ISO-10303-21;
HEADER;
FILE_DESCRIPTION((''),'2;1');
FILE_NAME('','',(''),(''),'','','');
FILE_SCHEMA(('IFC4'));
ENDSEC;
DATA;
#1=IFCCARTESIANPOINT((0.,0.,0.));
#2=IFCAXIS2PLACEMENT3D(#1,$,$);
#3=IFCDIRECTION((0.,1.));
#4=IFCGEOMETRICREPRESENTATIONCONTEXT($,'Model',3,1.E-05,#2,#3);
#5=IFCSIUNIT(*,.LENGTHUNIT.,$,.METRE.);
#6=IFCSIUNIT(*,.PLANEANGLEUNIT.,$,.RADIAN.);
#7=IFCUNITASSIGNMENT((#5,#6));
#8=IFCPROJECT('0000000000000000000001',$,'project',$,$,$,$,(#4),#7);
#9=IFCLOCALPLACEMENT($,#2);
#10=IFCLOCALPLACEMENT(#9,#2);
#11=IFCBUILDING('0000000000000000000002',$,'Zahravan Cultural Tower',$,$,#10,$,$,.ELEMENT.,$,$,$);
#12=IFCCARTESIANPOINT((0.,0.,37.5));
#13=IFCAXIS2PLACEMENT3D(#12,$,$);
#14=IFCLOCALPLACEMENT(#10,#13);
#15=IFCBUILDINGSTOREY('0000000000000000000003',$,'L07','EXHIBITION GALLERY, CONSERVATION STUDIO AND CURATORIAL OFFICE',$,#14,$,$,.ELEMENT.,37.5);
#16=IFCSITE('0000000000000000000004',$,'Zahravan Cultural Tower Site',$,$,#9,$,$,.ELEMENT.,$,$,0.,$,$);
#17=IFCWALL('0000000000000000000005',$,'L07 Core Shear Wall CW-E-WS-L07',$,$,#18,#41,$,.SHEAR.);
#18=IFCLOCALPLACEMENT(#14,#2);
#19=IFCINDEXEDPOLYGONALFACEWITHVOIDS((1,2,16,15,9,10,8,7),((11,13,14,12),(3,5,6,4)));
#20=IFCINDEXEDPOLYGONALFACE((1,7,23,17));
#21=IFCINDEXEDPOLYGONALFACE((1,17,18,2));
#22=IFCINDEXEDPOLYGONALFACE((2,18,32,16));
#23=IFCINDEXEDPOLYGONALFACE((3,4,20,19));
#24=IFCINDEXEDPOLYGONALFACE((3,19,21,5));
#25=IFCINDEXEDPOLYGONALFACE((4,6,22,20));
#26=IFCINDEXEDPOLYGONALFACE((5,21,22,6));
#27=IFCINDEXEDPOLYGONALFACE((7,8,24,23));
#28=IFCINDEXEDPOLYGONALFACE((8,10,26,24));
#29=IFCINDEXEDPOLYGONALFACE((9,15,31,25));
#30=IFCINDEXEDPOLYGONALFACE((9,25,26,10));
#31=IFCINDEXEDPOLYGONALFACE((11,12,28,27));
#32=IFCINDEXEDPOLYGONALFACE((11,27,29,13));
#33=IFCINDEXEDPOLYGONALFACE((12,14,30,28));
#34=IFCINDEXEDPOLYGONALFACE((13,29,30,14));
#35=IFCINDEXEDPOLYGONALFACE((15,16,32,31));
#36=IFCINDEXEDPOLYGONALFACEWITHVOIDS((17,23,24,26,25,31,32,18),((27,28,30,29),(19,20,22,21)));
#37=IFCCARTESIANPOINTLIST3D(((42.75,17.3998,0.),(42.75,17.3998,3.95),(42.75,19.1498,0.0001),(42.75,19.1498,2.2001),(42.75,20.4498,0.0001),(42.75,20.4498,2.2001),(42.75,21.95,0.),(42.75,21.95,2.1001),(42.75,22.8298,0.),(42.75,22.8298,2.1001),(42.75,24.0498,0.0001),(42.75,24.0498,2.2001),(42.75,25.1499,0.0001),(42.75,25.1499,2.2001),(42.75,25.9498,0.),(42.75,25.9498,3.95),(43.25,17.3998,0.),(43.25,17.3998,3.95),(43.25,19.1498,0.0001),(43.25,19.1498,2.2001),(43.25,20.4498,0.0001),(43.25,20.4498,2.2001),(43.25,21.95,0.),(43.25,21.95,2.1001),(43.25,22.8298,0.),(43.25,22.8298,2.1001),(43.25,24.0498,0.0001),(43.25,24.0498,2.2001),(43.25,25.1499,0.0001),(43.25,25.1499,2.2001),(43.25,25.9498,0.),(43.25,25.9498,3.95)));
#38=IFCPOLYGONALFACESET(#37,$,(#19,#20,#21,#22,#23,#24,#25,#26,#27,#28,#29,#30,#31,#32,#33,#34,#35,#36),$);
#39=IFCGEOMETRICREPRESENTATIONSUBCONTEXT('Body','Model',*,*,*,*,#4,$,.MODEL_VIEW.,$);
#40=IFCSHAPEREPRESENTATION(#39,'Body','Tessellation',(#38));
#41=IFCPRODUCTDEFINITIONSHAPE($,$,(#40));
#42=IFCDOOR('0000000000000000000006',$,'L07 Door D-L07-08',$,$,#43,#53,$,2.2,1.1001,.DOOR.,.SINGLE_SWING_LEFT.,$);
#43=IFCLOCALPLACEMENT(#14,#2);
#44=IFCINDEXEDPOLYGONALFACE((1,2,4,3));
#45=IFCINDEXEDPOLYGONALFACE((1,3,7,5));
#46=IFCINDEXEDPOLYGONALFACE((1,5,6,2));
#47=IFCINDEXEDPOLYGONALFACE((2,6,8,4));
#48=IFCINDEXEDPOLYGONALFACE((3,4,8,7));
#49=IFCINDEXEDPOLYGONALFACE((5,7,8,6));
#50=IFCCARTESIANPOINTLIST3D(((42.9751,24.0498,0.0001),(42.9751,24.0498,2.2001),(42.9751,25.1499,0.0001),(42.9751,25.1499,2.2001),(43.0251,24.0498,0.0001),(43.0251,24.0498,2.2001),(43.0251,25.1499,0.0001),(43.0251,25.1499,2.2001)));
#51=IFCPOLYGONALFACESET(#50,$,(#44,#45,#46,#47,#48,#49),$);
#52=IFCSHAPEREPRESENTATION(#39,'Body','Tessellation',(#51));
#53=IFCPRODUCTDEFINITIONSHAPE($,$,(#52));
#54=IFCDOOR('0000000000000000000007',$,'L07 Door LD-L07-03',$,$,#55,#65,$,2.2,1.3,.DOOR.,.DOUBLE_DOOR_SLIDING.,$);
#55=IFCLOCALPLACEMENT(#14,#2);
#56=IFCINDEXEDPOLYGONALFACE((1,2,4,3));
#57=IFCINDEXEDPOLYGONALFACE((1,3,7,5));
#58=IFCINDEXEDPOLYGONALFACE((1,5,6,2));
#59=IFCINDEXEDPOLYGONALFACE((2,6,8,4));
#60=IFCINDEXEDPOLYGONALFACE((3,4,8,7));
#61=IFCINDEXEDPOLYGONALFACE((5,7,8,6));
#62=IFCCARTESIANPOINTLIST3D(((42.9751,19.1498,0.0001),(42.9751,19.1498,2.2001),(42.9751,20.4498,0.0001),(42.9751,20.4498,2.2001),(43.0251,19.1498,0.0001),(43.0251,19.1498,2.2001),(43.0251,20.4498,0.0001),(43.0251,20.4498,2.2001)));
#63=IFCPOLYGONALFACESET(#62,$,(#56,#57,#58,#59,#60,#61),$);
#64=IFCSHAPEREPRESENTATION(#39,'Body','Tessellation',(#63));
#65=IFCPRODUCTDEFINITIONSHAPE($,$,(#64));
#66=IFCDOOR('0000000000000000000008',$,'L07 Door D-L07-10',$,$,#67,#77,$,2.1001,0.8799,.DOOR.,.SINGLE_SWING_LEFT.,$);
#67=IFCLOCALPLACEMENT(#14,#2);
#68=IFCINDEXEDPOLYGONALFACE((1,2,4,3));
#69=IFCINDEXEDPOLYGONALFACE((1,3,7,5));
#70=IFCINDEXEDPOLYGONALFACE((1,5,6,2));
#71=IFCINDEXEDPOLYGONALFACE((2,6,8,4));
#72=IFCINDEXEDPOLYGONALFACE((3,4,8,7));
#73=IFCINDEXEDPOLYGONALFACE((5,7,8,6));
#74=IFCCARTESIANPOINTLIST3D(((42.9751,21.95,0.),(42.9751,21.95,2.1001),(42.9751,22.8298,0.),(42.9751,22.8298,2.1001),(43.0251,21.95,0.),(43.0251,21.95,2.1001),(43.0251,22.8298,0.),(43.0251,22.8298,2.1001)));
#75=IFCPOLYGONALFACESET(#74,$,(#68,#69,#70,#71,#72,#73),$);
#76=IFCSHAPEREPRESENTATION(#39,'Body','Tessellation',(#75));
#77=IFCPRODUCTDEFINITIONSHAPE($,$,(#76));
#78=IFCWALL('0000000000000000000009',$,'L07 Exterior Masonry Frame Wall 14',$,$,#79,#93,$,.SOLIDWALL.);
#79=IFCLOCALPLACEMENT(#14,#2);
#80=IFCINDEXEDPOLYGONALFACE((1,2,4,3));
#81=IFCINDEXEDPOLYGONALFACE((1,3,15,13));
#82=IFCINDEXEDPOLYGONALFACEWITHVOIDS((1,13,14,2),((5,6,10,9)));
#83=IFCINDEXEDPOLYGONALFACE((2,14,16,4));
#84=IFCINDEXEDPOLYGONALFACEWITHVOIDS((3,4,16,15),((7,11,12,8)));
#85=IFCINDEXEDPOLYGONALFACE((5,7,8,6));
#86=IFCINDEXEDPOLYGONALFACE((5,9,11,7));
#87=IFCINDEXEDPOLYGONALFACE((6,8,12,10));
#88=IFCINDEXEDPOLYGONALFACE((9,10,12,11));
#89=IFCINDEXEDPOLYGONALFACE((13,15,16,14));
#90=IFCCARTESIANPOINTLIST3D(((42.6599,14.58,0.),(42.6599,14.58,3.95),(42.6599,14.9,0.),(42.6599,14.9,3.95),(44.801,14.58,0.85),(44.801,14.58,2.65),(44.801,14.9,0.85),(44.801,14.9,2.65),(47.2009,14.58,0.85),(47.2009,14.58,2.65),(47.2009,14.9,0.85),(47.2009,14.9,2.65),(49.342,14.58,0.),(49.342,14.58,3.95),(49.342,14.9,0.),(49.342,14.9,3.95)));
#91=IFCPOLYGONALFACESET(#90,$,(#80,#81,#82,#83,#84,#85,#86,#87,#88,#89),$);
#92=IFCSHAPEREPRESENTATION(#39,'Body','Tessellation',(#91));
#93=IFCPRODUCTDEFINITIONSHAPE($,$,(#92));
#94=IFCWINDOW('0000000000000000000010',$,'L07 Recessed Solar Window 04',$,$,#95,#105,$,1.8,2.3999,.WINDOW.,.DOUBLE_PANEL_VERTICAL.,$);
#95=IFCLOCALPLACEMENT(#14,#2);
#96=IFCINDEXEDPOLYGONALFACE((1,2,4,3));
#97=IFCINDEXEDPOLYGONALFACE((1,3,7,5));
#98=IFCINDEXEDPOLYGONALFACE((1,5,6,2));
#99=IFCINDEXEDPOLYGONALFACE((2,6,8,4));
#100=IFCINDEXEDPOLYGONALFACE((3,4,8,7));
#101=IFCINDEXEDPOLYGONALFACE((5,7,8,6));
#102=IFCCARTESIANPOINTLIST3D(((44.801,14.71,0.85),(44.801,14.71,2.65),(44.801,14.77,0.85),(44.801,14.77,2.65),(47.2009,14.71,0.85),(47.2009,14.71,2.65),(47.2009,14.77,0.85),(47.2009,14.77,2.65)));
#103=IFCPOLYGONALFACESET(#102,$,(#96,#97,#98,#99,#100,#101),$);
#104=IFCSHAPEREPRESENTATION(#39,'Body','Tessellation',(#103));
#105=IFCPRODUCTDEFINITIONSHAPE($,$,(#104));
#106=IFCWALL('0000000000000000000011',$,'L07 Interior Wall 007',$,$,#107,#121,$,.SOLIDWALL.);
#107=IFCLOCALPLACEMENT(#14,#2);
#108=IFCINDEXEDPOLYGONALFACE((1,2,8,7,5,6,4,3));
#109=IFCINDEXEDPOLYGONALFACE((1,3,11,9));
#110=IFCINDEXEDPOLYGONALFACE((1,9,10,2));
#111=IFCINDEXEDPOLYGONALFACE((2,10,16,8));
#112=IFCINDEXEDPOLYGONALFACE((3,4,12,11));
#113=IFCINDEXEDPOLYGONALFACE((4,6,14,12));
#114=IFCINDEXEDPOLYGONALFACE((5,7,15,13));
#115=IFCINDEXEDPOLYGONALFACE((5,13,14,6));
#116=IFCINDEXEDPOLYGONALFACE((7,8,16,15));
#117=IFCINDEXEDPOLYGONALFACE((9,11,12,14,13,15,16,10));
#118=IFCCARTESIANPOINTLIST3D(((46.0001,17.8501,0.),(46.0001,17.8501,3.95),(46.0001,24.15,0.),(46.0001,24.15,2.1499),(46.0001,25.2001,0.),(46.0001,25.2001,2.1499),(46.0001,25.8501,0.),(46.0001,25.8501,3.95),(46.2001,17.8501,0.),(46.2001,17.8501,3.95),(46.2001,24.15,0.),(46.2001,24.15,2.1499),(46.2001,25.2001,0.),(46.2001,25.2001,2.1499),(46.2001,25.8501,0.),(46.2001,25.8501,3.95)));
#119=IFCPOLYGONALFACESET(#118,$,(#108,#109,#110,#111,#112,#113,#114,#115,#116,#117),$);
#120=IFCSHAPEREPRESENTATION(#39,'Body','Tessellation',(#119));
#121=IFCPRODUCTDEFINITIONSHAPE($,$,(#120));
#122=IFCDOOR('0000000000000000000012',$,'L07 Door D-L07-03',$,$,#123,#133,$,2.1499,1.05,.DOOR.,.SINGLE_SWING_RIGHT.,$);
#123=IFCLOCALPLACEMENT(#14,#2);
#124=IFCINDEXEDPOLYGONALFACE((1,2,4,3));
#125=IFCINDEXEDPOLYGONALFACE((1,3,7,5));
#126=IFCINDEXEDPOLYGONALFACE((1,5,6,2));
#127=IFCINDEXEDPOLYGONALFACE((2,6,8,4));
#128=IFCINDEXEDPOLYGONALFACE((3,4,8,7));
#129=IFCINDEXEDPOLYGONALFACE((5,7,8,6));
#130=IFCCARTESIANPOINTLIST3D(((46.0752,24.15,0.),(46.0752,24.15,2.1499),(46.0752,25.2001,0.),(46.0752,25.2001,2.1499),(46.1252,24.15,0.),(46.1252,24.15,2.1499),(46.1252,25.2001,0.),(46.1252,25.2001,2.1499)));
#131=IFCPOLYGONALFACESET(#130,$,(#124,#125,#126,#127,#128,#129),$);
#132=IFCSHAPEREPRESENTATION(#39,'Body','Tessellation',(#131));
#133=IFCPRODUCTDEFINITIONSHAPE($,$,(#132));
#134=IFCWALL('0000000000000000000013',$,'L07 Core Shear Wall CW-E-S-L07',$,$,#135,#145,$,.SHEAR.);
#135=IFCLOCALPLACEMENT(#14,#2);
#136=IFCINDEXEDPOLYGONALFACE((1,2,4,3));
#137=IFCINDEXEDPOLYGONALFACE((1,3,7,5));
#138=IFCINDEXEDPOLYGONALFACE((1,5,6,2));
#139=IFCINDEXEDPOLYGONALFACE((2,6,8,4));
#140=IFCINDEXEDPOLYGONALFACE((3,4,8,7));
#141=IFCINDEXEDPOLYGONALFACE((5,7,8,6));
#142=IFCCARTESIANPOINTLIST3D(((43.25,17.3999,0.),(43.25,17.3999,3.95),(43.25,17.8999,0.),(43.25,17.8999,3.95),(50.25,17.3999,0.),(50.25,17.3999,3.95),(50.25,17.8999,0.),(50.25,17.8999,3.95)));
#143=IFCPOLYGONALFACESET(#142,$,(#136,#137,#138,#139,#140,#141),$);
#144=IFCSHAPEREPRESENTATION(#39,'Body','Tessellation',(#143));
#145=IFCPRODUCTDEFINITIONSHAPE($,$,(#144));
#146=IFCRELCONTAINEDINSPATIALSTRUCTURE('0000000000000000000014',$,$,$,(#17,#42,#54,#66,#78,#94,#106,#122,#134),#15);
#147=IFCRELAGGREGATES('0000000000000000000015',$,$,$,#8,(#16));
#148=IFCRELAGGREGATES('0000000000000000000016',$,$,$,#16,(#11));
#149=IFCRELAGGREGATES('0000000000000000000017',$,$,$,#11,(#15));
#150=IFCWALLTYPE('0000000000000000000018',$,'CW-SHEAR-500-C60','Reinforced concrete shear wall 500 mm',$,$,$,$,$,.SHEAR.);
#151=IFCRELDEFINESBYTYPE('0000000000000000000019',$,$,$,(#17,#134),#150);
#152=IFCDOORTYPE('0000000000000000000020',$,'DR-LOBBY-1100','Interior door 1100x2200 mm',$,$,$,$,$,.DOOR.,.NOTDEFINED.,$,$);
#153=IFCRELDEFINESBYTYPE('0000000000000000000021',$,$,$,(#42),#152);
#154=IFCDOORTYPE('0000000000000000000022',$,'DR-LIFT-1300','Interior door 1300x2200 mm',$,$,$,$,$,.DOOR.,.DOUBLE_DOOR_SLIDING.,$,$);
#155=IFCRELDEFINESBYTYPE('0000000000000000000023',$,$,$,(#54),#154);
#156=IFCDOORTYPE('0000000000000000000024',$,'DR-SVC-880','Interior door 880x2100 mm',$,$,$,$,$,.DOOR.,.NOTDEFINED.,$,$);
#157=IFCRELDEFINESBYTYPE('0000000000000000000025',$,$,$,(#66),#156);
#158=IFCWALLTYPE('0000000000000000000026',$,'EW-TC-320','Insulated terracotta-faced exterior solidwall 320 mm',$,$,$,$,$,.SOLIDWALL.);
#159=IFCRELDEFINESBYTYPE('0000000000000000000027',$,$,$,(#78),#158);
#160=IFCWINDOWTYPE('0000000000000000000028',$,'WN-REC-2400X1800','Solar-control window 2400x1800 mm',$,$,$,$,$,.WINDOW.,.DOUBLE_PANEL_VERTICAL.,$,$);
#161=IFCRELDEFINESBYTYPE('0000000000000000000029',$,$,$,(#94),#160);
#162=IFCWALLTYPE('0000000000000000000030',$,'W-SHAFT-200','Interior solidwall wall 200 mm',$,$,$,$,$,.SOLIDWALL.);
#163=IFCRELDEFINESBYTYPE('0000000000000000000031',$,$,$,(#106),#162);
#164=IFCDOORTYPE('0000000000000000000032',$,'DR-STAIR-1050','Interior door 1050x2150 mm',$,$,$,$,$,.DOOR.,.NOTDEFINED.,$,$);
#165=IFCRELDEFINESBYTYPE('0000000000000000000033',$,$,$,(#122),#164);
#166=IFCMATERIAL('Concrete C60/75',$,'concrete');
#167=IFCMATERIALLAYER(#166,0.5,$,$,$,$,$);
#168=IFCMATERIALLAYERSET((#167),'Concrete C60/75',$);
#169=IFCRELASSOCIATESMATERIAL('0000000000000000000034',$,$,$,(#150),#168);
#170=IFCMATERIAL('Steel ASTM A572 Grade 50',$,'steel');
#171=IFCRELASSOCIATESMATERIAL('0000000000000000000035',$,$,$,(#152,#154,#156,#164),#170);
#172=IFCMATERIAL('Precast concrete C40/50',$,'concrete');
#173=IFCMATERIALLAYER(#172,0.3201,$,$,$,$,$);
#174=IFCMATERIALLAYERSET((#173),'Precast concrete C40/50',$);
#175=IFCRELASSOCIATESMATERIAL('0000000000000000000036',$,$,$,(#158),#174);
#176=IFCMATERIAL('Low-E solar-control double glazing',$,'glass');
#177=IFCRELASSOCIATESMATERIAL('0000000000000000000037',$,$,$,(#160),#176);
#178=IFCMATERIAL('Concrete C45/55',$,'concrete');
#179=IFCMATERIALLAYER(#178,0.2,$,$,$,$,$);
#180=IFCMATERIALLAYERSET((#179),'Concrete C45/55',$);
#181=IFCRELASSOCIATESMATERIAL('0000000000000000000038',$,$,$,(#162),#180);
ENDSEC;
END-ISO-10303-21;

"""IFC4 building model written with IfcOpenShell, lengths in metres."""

from ifc_helpers import new_model, si_unit, direction, frame, frame_2d, origin, place, context, subcontext, project, spatial, rectangle, extrude, source, transform, mapped, material, layer, layer_set, type_object, element, fill, save


model = new_model("IFC4")

# Units and contexts
model_context = context("Model", 3, precision=1e-05, world=origin(), true_north=direction((0.0, 1.0)))
body_context = subcontext(model_context, "Body", "Model", "MODEL_VIEW")
ifc_project = project(units=[si_unit("LENGTHUNIT", "METRE"), si_unit("PLANEANGLEUNIT", "RADIAN")], contexts=[model_context])

# Site, building, storey
site_placement = place(None, origin())
site = spatial("IfcSite", under=ifc_project, at=site_placement, Name="Zahravan Cultural Tower Site", CompositionType="ELEMENT", RefElevation=0.0)
building_placement = place(site_placement, origin())
building = spatial("IfcBuilding", under=site, at=building_placement, Name="Zahravan Cultural Tower", CompositionType="ELEMENT")
storey_placement = place(building_placement, frame((0.0, 0.0, 37.5)))
storey = spatial("IfcBuildingStorey", under=building, at=storey_placement, Name="L07", Description="EXHIBITION GALLERY, CONSERVATION STUDIO AND CURATORIAL OFFICE", CompositionType="ELEMENT", Elevation=37.5)

# Shared definitions
ifc_material_1 = material(Name="Concrete C60/75", Category="concrete")

# Wall, openings, doors
ifc_layer_1 = layer(ifc_material_1, 0.5)
ifc_layer_set_1 = layer_set([ifc_layer_1], Name="Concrete C60/75")
wall_type_1 = type_object("IfcWallType", Name="CW-SHEAR-500-C60", Description="Reinforced concrete shear wall 500 mm", PredefinedType="SHEAR", material=ifc_layer_set_1)
wall_1_placement = place(storey_placement, frame((43.0, 17.3999, 0.0), z_axis=(0.0, 0.0, 1.0), x_axis=(0.0, 1.0, 0.0)))
wall_1 = element("IfcWall", 1, at=wall_1_placement, inside=storey, type_object=wall_type_1, Name="L07 Core Shear Wall CW-E-WS-L07", PredefinedType="SHEAR", context=body_context, shape_type="SweptSolid", body=[
    extrude(rectangle(XDim=8.55, YDim=0.5, at=frame_2d((4.2749, 0.0))), origin(), (0.0, 0.0, 1.0), 3.95),
])
opening_1_placement = place(wall_1_placement, frame((6.6499, 0.0, 0.0)))
opening_1 = element("IfcOpeningElement", 2, at=opening_1_placement, cuts=wall_1, PredefinedType="OPENING", context=body_context, shape_type="SweptSolid", body=[
    extrude(rectangle(XDim=1.1001, YDim=2.2, at=frame_2d((0.55, 1.1001))), frame((0.0, 0.26, 0.0), z_axis=(0.0, -1.0, 0.0), x_axis=(1.0, 0.0, 0.0)), (0.0, 0.0, 1.0), 0.52),
])
opening_2_placement = place(wall_1_placement, frame((1.75, 0.0, 0.0)))
opening_2 = element("IfcOpeningElement", 3, at=opening_2_placement, cuts=wall_1, PredefinedType="OPENING", context=body_context, shape_type="SweptSolid", body=[
    extrude(rectangle(XDim=1.3, YDim=2.2, at=frame_2d((0.6499, 1.1001))), frame((0.0, 0.26, 0.0), z_axis=(0.0, -1.0, 0.0), x_axis=(1.0, 0.0, 0.0)), (0.0, 0.0, 1.0), 0.52),
])
opening_3_placement = place(wall_1_placement, frame((4.55, 0.0, 0.0)))
opening_3 = element("IfcOpeningElement", 4, at=opening_3_placement, cuts=wall_1, PredefinedType="OPENING", context=body_context, shape_type="SweptSolid", body=[
    extrude(rectangle(XDim=0.8799, YDim=2.1001, at=frame_2d((0.4399, 1.05))), frame((0.0, 0.26, 0.0), z_axis=(0.0, -1.0, 0.0), x_axis=(1.0, 0.0, 0.0)), (0.0, 0.0, 1.0), 0.52),
])
ifc_material_2 = material(Name="Steel ASTM A572 Grade 50", Category="steel")
door_type_1 = type_object("IfcDoorType", Name="DR-LOBBY-1100", Description="Interior door 1100x2200 mm", OperationType="NOTDEFINED", PredefinedType="DOOR", material=ifc_material_2)
shared_shape_1 = source(origin(), body_context, "Body", "SweptSolid", [
    extrude(rectangle(XDim=1.1001, YDim=2.2, at=frame_2d((0.55, 1.1001))), frame((0.0, 0.0249, 0.0), z_axis=(0.0, -1.0, 0.0), x_axis=(1.0, 0.0, 0.0)), (0.0, 0.0, 1.0), 0.05),
])
door_1_placement = place(opening_1_placement, origin())
door_1 = element("IfcDoor", 5, at=door_1_placement, inside=storey, type_object=door_type_1, Name="L07 Door D-L07-08", OperationType="SINGLE_SWING_LEFT", OverallHeight=2.2, OverallWidth=1.1001, PredefinedType="DOOR", context=body_context, shape_type="MappedRepresentation", body=[
    mapped(shared_shape_1, transform((0.0, 0.0, 0.0), x_axis=(1.0, 0.0, 0.0), y_axis=(0.0, 1.0, 0.0), z_axis=(0.0, 0.0, 1.0), scale=1.0)),
])
fill(opening_1, door_1)
door_type_2 = type_object("IfcDoorType", Name="DR-LIFT-1300", Description="Interior door 1300x2200 mm", OperationType="DOUBLE_DOOR_SLIDING", PredefinedType="DOOR", material=ifc_material_2)
shared_shape_2 = source(origin(), body_context, "Body", "SweptSolid", [
    extrude(rectangle(XDim=1.3, YDim=2.2, at=frame_2d((0.6499, 1.1001))), frame((0.0, 0.0249, 0.0), z_axis=(0.0, -1.0, 0.0), x_axis=(1.0, 0.0, 0.0)), (0.0, 0.0, 1.0), 0.05),
])
door_2_placement = place(opening_2_placement, origin())
door_2 = element("IfcDoor", 6, at=door_2_placement, inside=storey, type_object=door_type_2, Name="L07 Door LD-L07-03", OperationType="DOUBLE_DOOR_SLIDING", OverallHeight=2.2, OverallWidth=1.3, PredefinedType="DOOR", context=body_context, shape_type="MappedRepresentation", body=[
    mapped(shared_shape_2, transform((0.0, 0.0, 0.0), x_axis=(1.0, 0.0, 0.0), y_axis=(0.0, 1.0, 0.0), z_axis=(0.0, 0.0, 1.0), scale=1.0)),
])
fill(opening_2, door_2)
door_type_3 = type_object("IfcDoorType", Name="DR-SVC-880", Description="Interior door 880x2100 mm", OperationType="NOTDEFINED", PredefinedType="DOOR", material=ifc_material_2)
shared_shape_3 = source(origin(), body_context, "Body", "SweptSolid", [
    extrude(rectangle(XDim=0.8799, YDim=2.1001, at=frame_2d((0.4399, 1.05))), frame((0.0, 0.0249, 0.0), z_axis=(0.0, -1.0, 0.0), x_axis=(1.0, 0.0, 0.0)), (0.0, 0.0, 1.0), 0.05),
])
door_3_placement = place(opening_3_placement, origin())
door_3 = element("IfcDoor", 7, at=door_3_placement, inside=storey, type_object=door_type_3, Name="L07 Door D-L07-10", OperationType="SINGLE_SWING_LEFT", OverallHeight=2.1001, OverallWidth=0.8799, PredefinedType="DOOR", context=body_context, shape_type="MappedRepresentation", body=[
    mapped(shared_shape_3, transform((0.0, 0.0, 0.0), x_axis=(1.0, 0.0, 0.0), y_axis=(0.0, 1.0, 0.0), z_axis=(0.0, 0.0, 1.0), scale=1.0)),
])
fill(opening_3, door_3)

# Wall, opening, window
ifc_material_3 = material(Name="Precast concrete C40/50", Category="concrete")
ifc_layer_2 = layer(ifc_material_3, 0.3201)
ifc_layer_set_2 = layer_set([ifc_layer_2], Name="Precast concrete C40/50")
wall_type_2 = type_object("IfcWallType", Name="EW-TC-320", Description="Insulated terracotta-faced exterior solidwall 320 mm", PredefinedType="SOLIDWALL", material=ifc_layer_set_2)
wall_2_placement = place(storey_placement, frame((49.342, 14.74, 0.0), z_axis=(0.0, 0.0, 1.0), x_axis=(-1.0, 0.0, 0.0)))
wall_2 = element("IfcWall", 8, at=wall_2_placement, inside=storey, type_object=wall_type_2, Name="L07 Exterior Masonry Frame Wall 14", PredefinedType="SOLIDWALL", context=body_context, shape_type="SweptSolid", body=[
    extrude(rectangle(XDim=6.6821, YDim=0.3201, at=frame_2d((3.3411, 0.0))), origin(), (0.0, 0.0, 1.0), 3.95),
])
opening_4_placement = place(wall_2_placement, frame((2.1411, 0.0, 0.8501)))
opening_4 = element("IfcOpeningElement", 9, at=opening_4_placement, cuts=wall_2, PredefinedType="OPENING", context=body_context, shape_type="SweptSolid", body=[
    extrude(rectangle(XDim=2.3999, YDim=1.8, at=frame_2d((1.2, 0.8999))), frame((0.0, 0.1699, 0.0), z_axis=(0.0, -1.0, 0.0), x_axis=(1.0, 0.0, 0.0)), (0.0, 0.0, 1.0), 0.3401),
])
ifc_material_4 = material(Name="Low-E solar-control double glazing", Category="glass")
window_type = type_object("IfcWindowType", Name="WN-REC-2400X1800", Description="Solar-control window 2400x1800 mm", PartitioningType="DOUBLE_PANEL_VERTICAL", PredefinedType="WINDOW", material=ifc_material_4)
shared_shape_4 = source(origin(), body_context, "Body", "SweptSolid", [
    extrude(rectangle(XDim=2.3999, YDim=1.8, at=frame_2d((1.2, 0.8999))), frame((0.0, 0.03, 0.0), z_axis=(0.0, -1.0, 0.0), x_axis=(1.0, 0.0, 0.0)), (0.0, 0.0, 1.0), 0.0601),
])
window_placement = place(opening_4_placement, origin())
window = element("IfcWindow", 10, at=window_placement, inside=storey, type_object=window_type, Name="L07 Recessed Solar Window 04", OverallHeight=1.8, OverallWidth=2.3999, PartitioningType="DOUBLE_PANEL_VERTICAL", PredefinedType="WINDOW", context=body_context, shape_type="MappedRepresentation", body=[
    mapped(shared_shape_4, transform((0.0, 0.0, 0.0), x_axis=(1.0, 0.0, 0.0), y_axis=(0.0, 1.0, 0.0), z_axis=(0.0, 0.0, 1.0), scale=1.0)),
])
fill(opening_4, window)

# Wall, opening, door
ifc_material_5 = material(Name="Concrete C45/55", Category="concrete")
ifc_layer_3 = layer(ifc_material_5, 0.2)
ifc_layer_set_3 = layer_set([ifc_layer_3], Name="Concrete C45/55")
wall_type_3 = type_object("IfcWallType", Name="W-SHAFT-200", Description="Interior solidwall wall 200 mm", PredefinedType="SOLIDWALL", material=ifc_layer_set_3)
wall_3_placement = place(storey_placement, frame((46.1001, 17.8501, 0.0), z_axis=(0.0, 0.0, 1.0), x_axis=(0.0, 1.0, 0.0)))
wall_3 = element("IfcWall", 11, at=wall_3_placement, inside=storey, type_object=wall_type_3, Name="L07 Interior Wall 007", PredefinedType="SOLIDWALL", context=body_context, shape_type="SweptSolid", body=[
    extrude(rectangle(XDim=8.0, YDim=0.2, at=frame_2d((4.0, 0.0))), origin(), (0.0, 0.0, 1.0), 3.95),
])
opening_5_placement = place(wall_3_placement, frame((6.3, 0.0, 0.0)))
opening_5 = element("IfcOpeningElement", 12, at=opening_5_placement, cuts=wall_3, PredefinedType="OPENING", context=body_context, shape_type="SweptSolid", body=[
    extrude(rectangle(XDim=1.05, YDim=2.1499, at=frame_2d((0.5249, 1.075))), frame((0.0, 0.1099, 0.0), z_axis=(0.0, -1.0, 0.0), x_axis=(1.0, 0.0, 0.0)), (0.0, 0.0, 1.0), 0.22),
])
door_type_4 = type_object("IfcDoorType", Name="DR-STAIR-1050", Description="Interior door 1050x2150 mm", OperationType="NOTDEFINED", PredefinedType="DOOR", material=ifc_material_2)
shared_shape_5 = source(origin(), body_context, "Body", "SweptSolid", [
    extrude(rectangle(XDim=1.05, YDim=2.1499, at=frame_2d((0.5249, 1.075))), frame((0.0, 0.0249, 0.0), z_axis=(0.0, -1.0, 0.0), x_axis=(1.0, 0.0, 0.0)), (0.0, 0.0, 1.0), 0.05),
])
door_4_placement = place(opening_5_placement, origin())
door_4 = element("IfcDoor", 13, at=door_4_placement, inside=storey, type_object=door_type_4, Name="L07 Door D-L07-03", OperationType="SINGLE_SWING_RIGHT", OverallHeight=2.1499, OverallWidth=1.05, PredefinedType="DOOR", context=body_context, shape_type="MappedRepresentation", body=[
    mapped(shared_shape_5, transform((0.0, 0.0, 0.0), x_axis=(1.0, 0.0, 0.0), y_axis=(0.0, 1.0, 0.0), z_axis=(0.0, 0.0, 1.0), scale=1.0)),
])
fill(opening_5, door_4)

# Wall
shared_shape_6 = source(origin(), body_context, "Body", "SweptSolid", [
    extrude(rectangle(XDim=7.0, YDim=0.5, at=frame_2d((3.5, 0.0))), origin(), (0.0, 0.0, 1.0), 3.95),
])
wall_4_placement = place(storey_placement, frame((43.25, 17.6499, 0.0), z_axis=(0.0, 0.0, 1.0), x_axis=(1.0, 0.0, 0.0)))
element("IfcWall", 14, at=wall_4_placement, inside=storey, type_object=wall_type_1, Name="L07 Core Shear Wall CW-E-S-L07", PredefinedType="SHEAR", context=body_context, shape_type="MappedRepresentation", body=[
    mapped(shared_shape_6, transform((0.0, 0.0, 0.0), x_axis=(1.0, 0.0, 0.0), y_axis=(0.0, 1.0, 0.0), z_axis=(0.0, 0.0, 1.0), scale=1.0)),
])

save(model, "model.ifc")
